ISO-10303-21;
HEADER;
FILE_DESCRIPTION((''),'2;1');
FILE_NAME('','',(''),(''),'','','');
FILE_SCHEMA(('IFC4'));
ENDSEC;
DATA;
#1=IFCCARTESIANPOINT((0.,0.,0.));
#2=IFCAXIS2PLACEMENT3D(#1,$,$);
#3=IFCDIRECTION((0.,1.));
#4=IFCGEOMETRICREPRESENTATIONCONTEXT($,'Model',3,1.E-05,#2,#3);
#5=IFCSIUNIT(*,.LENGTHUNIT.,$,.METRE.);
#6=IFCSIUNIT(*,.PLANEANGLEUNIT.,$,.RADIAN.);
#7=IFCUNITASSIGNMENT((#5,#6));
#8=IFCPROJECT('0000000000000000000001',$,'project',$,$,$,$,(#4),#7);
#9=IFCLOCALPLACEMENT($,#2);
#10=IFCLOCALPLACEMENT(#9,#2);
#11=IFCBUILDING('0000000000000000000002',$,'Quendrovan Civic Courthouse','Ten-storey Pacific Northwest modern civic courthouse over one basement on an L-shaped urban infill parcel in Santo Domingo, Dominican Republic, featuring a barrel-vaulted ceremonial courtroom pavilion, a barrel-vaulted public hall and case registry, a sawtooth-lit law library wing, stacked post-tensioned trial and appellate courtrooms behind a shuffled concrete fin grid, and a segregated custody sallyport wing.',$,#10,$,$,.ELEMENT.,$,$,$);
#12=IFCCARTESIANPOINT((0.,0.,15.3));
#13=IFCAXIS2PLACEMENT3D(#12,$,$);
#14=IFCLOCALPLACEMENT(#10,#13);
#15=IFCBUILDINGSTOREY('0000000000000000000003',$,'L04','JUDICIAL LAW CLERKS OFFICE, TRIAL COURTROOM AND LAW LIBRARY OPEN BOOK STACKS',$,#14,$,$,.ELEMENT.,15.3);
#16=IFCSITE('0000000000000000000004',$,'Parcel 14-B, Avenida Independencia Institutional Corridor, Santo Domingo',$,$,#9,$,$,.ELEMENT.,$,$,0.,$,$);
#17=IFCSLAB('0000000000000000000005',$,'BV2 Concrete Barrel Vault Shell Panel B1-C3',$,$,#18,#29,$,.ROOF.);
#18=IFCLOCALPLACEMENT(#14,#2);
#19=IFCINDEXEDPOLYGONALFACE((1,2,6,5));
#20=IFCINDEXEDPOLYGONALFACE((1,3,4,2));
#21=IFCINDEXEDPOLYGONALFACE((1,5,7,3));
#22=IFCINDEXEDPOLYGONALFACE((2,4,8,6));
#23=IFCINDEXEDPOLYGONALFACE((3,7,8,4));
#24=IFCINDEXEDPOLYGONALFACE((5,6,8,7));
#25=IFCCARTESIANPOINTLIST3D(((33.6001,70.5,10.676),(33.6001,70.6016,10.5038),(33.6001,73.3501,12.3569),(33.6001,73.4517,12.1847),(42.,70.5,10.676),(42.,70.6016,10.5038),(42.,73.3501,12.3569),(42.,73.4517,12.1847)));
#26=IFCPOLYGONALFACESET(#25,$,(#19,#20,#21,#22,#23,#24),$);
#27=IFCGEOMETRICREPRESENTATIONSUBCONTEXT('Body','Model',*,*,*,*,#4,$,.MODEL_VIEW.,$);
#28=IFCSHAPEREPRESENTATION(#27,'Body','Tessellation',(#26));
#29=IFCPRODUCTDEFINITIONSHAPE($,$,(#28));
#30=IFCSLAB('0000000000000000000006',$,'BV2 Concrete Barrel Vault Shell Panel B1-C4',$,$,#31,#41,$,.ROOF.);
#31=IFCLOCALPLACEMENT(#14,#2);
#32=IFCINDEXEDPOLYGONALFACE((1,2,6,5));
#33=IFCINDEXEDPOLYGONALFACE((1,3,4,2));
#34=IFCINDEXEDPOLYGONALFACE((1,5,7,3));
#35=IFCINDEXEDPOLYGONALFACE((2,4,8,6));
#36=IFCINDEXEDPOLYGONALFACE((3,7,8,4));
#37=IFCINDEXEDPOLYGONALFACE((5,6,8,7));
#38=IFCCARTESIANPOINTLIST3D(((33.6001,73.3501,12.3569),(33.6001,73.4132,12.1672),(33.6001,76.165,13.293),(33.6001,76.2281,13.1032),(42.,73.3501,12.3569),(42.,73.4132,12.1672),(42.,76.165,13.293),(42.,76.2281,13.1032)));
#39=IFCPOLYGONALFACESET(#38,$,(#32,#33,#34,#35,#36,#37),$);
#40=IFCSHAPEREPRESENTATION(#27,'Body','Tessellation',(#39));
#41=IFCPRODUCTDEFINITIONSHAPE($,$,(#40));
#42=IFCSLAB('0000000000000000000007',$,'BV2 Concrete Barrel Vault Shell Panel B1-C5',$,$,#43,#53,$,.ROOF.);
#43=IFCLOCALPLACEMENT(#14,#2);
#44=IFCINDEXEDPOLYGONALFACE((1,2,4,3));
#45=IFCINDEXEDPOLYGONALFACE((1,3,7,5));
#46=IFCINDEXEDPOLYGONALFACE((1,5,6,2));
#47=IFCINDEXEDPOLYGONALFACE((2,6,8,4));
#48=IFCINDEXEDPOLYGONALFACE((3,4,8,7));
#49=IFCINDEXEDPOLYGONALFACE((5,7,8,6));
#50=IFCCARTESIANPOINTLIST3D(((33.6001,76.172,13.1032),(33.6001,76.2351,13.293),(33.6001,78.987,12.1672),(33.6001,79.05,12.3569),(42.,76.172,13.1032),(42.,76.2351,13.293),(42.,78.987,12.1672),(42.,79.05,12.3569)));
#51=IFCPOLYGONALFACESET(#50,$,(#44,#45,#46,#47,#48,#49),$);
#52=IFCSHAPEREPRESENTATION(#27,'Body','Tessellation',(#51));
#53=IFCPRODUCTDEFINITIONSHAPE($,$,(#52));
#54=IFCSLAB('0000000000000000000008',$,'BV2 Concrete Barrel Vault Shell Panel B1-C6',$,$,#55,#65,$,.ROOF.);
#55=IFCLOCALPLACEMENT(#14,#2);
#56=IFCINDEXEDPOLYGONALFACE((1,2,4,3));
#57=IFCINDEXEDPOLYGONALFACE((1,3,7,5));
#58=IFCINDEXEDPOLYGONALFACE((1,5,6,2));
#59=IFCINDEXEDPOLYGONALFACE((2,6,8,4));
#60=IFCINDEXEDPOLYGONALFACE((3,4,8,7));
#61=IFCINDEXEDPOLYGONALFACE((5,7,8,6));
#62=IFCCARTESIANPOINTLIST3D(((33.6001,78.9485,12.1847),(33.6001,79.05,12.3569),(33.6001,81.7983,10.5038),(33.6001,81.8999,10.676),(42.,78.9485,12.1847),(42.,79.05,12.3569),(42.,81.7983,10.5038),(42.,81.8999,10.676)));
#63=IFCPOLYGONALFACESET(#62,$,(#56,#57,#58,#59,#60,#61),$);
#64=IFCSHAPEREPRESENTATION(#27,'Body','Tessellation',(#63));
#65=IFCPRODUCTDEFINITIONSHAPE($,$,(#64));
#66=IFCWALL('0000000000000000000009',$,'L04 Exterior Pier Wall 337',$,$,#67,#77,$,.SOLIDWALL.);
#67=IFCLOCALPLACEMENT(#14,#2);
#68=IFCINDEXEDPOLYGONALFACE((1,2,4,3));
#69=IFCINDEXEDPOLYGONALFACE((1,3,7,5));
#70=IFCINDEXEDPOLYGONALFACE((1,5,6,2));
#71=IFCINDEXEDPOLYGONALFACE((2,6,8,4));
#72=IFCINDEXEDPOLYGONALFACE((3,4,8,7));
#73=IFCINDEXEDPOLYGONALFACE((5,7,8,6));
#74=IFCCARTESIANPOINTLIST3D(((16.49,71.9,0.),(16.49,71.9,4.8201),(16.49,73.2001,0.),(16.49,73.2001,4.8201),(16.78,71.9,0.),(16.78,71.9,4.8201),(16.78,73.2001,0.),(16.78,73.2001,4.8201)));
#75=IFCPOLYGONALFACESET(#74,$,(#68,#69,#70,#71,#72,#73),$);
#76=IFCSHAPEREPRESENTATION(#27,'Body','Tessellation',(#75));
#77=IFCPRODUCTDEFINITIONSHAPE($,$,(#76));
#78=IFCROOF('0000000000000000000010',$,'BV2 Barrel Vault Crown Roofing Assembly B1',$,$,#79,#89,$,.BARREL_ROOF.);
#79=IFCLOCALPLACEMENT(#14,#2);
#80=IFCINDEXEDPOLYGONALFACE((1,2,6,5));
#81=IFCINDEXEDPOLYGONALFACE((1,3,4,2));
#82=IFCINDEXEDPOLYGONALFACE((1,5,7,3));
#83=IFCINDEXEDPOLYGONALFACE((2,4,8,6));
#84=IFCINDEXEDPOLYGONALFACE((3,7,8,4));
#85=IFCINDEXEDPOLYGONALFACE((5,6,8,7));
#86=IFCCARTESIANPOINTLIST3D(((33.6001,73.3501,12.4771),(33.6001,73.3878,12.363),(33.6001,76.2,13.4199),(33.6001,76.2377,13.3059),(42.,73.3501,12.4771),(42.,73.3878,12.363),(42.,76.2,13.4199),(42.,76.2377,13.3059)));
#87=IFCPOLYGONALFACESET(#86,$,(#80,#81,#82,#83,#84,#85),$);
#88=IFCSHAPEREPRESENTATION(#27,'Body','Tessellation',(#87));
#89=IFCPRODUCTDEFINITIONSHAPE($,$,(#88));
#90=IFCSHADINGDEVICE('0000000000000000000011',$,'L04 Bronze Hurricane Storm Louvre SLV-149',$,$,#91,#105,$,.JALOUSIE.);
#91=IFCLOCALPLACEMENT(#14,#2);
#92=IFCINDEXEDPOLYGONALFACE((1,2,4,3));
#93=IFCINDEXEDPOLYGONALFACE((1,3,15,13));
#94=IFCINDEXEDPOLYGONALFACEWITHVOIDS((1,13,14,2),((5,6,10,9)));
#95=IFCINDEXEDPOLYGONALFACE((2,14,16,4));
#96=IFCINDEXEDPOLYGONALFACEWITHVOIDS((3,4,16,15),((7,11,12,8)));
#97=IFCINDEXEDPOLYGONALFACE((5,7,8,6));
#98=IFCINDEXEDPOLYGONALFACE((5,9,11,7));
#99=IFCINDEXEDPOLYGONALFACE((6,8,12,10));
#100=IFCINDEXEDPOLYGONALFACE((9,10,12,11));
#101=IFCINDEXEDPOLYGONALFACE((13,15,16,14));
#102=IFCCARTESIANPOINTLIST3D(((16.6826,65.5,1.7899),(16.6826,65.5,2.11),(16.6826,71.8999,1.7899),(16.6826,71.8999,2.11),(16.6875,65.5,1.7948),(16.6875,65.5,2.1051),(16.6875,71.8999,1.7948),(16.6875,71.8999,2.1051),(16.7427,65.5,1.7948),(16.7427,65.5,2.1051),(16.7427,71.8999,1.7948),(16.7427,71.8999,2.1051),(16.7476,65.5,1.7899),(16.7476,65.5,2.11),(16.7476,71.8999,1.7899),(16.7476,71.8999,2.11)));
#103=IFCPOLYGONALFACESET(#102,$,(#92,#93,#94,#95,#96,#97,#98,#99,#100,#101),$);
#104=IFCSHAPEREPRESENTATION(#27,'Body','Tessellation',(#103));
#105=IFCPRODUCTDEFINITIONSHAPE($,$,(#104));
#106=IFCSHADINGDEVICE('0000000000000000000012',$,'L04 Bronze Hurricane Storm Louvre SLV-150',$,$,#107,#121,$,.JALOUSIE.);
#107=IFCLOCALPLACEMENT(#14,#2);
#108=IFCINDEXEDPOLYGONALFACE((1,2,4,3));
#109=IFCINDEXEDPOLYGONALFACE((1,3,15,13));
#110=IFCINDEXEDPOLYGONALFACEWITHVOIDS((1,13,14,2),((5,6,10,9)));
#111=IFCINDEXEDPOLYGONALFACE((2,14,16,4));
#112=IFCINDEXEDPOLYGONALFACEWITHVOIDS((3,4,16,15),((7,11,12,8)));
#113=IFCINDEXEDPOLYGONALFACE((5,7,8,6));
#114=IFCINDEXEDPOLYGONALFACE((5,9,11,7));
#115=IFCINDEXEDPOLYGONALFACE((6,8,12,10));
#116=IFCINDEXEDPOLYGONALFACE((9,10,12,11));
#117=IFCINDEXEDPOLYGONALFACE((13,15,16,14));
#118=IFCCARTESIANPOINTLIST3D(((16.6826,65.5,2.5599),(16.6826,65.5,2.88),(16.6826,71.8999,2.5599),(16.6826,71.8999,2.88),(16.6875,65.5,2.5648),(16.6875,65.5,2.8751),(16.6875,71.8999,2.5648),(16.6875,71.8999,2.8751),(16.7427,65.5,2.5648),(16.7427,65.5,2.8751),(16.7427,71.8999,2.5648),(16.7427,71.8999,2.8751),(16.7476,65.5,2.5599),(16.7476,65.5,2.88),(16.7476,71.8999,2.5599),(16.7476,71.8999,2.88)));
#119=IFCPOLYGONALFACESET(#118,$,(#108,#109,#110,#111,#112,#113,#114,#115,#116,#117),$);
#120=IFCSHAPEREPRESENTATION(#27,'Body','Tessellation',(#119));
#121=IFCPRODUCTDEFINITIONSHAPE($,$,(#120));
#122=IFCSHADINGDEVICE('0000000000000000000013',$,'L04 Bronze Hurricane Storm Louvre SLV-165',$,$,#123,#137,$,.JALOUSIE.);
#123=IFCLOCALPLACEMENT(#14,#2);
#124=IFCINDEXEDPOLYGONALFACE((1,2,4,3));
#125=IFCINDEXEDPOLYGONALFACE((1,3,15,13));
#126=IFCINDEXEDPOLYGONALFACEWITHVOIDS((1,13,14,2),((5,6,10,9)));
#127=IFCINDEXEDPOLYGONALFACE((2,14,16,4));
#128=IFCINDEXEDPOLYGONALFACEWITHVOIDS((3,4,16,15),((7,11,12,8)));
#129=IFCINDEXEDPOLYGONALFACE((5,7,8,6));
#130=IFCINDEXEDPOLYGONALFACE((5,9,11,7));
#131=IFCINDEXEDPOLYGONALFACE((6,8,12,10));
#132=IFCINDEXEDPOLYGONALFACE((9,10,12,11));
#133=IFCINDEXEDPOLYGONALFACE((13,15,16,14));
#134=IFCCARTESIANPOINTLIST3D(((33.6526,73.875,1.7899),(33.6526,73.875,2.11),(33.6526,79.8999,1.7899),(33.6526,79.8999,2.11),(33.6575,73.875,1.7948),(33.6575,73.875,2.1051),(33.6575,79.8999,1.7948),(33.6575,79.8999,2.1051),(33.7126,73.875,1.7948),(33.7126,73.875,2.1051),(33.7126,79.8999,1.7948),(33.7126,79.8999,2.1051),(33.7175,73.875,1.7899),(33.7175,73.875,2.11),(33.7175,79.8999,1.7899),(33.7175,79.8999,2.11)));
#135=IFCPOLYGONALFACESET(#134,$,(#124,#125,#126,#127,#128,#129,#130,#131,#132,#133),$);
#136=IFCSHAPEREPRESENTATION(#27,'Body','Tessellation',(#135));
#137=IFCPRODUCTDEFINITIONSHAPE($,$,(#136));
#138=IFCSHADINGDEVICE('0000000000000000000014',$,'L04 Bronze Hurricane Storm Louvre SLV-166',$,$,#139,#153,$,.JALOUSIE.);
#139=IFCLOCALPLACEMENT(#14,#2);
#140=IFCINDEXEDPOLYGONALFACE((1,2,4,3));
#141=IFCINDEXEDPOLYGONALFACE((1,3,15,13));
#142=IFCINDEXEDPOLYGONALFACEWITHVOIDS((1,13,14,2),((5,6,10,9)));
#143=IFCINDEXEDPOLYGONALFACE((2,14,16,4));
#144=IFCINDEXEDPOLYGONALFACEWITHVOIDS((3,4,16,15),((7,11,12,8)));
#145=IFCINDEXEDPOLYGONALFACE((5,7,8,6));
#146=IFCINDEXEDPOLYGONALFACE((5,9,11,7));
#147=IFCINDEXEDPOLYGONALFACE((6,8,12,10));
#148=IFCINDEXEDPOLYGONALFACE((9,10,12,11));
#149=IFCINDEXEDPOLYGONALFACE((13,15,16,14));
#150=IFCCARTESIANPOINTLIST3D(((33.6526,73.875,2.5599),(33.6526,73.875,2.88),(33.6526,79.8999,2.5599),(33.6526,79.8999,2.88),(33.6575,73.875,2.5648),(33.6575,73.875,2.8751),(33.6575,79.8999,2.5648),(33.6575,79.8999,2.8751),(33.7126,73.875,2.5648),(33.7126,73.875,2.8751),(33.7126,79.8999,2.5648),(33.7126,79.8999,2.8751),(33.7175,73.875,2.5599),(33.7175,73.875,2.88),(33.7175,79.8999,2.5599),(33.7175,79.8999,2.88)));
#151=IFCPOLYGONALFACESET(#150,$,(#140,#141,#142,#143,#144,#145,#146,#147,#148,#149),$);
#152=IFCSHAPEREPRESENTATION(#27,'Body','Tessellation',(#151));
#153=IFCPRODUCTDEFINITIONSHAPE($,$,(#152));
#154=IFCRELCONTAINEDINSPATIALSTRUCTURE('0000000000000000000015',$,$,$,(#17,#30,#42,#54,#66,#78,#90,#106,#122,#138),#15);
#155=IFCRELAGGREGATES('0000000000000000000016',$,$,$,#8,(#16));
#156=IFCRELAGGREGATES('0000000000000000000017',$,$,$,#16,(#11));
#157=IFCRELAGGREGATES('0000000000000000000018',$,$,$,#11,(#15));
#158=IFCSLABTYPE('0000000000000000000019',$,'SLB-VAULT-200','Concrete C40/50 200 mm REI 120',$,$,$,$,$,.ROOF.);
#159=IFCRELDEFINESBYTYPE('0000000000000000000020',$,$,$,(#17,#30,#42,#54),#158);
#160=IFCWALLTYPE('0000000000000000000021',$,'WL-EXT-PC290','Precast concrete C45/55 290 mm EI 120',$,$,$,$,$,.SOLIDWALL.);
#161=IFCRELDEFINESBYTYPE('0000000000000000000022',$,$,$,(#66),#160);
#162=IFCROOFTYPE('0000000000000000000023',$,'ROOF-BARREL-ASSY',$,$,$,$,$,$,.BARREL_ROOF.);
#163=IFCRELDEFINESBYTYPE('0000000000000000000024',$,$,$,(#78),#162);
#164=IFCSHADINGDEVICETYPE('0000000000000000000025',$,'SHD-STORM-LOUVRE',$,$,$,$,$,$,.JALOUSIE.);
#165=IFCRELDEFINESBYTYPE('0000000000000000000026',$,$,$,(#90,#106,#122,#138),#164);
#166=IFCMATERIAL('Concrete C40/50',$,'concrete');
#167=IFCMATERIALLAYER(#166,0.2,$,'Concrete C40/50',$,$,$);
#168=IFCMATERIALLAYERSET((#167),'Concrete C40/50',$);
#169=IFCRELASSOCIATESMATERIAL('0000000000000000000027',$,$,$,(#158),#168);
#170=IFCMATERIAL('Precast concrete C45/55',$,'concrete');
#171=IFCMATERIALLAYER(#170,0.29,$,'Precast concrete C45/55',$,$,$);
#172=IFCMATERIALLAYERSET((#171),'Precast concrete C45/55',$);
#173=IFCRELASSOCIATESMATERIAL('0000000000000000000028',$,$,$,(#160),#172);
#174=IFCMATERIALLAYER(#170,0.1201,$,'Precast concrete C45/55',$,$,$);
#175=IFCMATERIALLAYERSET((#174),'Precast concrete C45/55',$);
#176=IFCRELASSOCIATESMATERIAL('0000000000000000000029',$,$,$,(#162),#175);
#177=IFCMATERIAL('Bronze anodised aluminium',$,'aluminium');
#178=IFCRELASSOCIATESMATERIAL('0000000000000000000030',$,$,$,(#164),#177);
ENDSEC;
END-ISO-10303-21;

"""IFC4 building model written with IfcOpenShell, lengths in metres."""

from ifc_helpers import new_model, si_unit, direction, frame, frame_2d, origin, origin_2d, place, context, subcontext, project, spatial, polyline, rectangle, hollow_rectangle, outline, extrude, material, layer, layer_set, material_profile, profile_set, type_object, element, save


model = new_model("IFC4")

# Units and contexts
model_context = context("Model", 3, precision=1e-05, world=origin(), true_north=direction((0.0, 1.0)))
body_context = subcontext(model_context, "Body", "Model", "MODEL_VIEW")
ifc_project = project(units=[si_unit("LENGTHUNIT", "METRE"), si_unit("PLANEANGLEUNIT", "RADIAN")], contexts=[model_context])

# Site, building, storey
site_placement = place(None, origin())
site = spatial("IfcSite", under=ifc_project, at=site_placement, Name="Parcel 14-B, Avenida Independencia Institutional Corridor, Santo Domingo", CompositionType="ELEMENT", RefElevation=0.0)
building_placement = place(site_placement, origin())
building = spatial("IfcBuilding", under=site, at=building_placement, Name="Quendrovan Civic Courthouse", Description="Ten-storey Pacific Northwest modern civic courthouse over one basement on an L-shaped urban infill parcel in Santo Domingo, Dominican Republic, featuring a barrel-vaulted ceremonial courtroom pavilion, a barrel-vaulted public hall and case registry, a sawtooth-lit law library wing, stacked post-tensioned trial and appellate courtrooms behind a shuffled concrete fin grid, and a segregated custody sallyport wing.", CompositionType="ELEMENT")
storey_placement = place(building_placement, frame((0.0, 0.0, 15.3)))
storey = spatial("IfcBuildingStorey", under=building, at=storey_placement, Name="L04", Description="JUDICIAL LAW CLERKS OFFICE, TRIAL COURTROOM AND LAW LIBRARY OPEN BOOK STACKS", CompositionType="ELEMENT", Elevation=15.3)

# Shared definitions
ifc_material_1 = material(Name="Concrete C40/50", Category="concrete")

# Shared definitions
ifc_material_2 = material(Name="Bronze anodised aluminium", Category="aluminium")

# Slabs
ifc_layer_1 = layer(ifc_material_1, 0.2, Name="Concrete C40/50")
ifc_layer_set_1 = layer_set([ifc_layer_1], Name="Concrete C40/50")
slab_type = type_object("IfcSlabType", Name="SLB-VAULT-200", Description="Concrete C40/50 200 mm REI 120", PredefinedType="ROOF", material=ifc_layer_set_1)
slab_1_placement = place(storey_placement, frame((33.6001, 70.5, 10.676), z_axis=(0.0, -0.508003, 0.861355), x_axis=(1.0, 0.0, 0.0)))
element("IfcSlab", 1, at=slab_1_placement, inside=storey, type_object=slab_type, Name="BV2 Concrete Barrel Vault Shell Panel B1-C3", PredefinedType="ROOF", context=body_context, shape_type="SweptSolid", body=[
    extrude(outline(polyline([(0.0, 0.0), (8.3999, 0.0), (8.3999, 3.3089), (0.0, 3.3089), (0.0, 0.0)])), origin(), (0.0, 0.0, -1.0), 0.2),
])
for number, where, z_axis, x_axis, name in (
    (2, (33.6001, 73.3501, 12.3569), (0.0, -0.315536, 0.948913), (1.0, 0.0, 0.0), "BV2 Concrete Barrel Vault Shell Panel B1-C4"),
    (3, (33.6001, 76.2351, 13.293), (0.0, 0.315536, 0.948913), (1.0, 0.0, 0.0), "BV2 Concrete Barrel Vault Shell Panel B1-C5"),
):
    element("IfcSlab", number, at=place(storey_placement, frame(where, z_axis=z_axis, x_axis=x_axis)), inside=storey, type_object=slab_type, Name=name, PredefinedType="ROOF", context=body_context, shape_type="SweptSolid", body=[
        extrude(outline(polyline([(0.0, 0.0), (8.3999, 0.0), (8.3999, 2.9665), (0.0, 2.9665), (0.0, 0.0)])), origin(), (0.0, 0.0, -1.0), 0.2),
    ])
slab_2_placement = place(storey_placement, frame((33.6001, 79.05, 12.3569), z_axis=(0.0, 0.508036, 0.861336), x_axis=(1.0, 0.0, 0.0)))
element("IfcSlab", 4, at=slab_2_placement, inside=storey, type_object=slab_type, Name="BV2 Concrete Barrel Vault Shell Panel B1-C6", PredefinedType="ROOF", context=body_context, shape_type="SweptSolid", body=[
    extrude(outline(polyline([(0.0, 0.0), (8.3999, 0.0), (8.3999, 3.3086), (0.0, 3.3086), (0.0, 0.0)])), origin(), (0.0, 0.0, -1.0), 0.2),
])

# Wall
ifc_material_3 = material(Name="Precast concrete C45/55", Category="concrete")
ifc_layer_2 = layer(ifc_material_3, 0.29, Name="Precast concrete C45/55")
ifc_layer_set_2 = layer_set([ifc_layer_2], Name="Precast concrete C45/55")
wall_type = type_object("IfcWallType", Name="WL-EXT-PC290", Description="Precast concrete C45/55 290 mm EI 120", PredefinedType="SOLIDWALL", material=ifc_layer_set_2)
wall_placement = place(storey_placement, frame((16.635, 73.2, 0.0), z_axis=(0.0, 0.0, 1.0), x_axis=(0.0, -1.0, 0.0)))
element("IfcWall", 5, at=wall_placement, inside=storey, type_object=wall_type, Name="L04 Exterior Pier Wall 337", PredefinedType="SOLIDWALL", context=body_context, shape_type="SweptSolid", body=[
    extrude(rectangle(XDim=1.3, YDim=0.29, at=frame_2d((0.6499, 0.0))), origin(), (0.0, 0.0, 1.0), 4.8201),
])

# Roof
ifc_layer_3 = layer(ifc_material_3, 0.1201, Name="Precast concrete C45/55")
ifc_layer_set_3 = layer_set([ifc_layer_3], Name="Precast concrete C45/55")
roof_type = type_object("IfcRoofType", Name="ROOF-BARREL-ASSY", PredefinedType="BARREL_ROOF", material=ifc_layer_set_3)
roof_placement = place(storey_placement, frame((33.6001, 73.3501, 12.4771), z_axis=(0.0, -0.314104, 0.949389), x_axis=(1.0, 0.0, 0.0)))
element("IfcRoof", 6, at=roof_placement, inside=storey, type_object=roof_type, Name="BV2 Barrel Vault Crown Roofing Assembly B1", PredefinedType="BARREL_ROOF", context=body_context, shape_type="SweptSolid", body=[
    extrude(outline(polyline([(0.0, 0.0), (8.3999, 0.0), (8.3999, 3.0018), (0.0, 3.0018), (0.0, 0.0)])), origin(), (0.0, 0.0, -1.0), 0.1201),
])

# Shading devices
ifc_material_profile_1 = material_profile(ifc_material_2, hollow_rectangle(XDim=0.0649, YDim=0.3201, WallThickness=0.0049, at=origin_2d()), Name="AL-LOUVRE-65x320")
ifc_profile_set_1 = profile_set([ifc_material_profile_1], Name="Bronze anodised aluminium")
shading_device_type = type_object("IfcShadingDeviceType", Name="SHD-STORM-LOUVRE", PredefinedType="JALOUSIE", material=ifc_profile_set_1)
for number, where, z_axis, x_axis, name in (
    (7, (16.7151, 71.8999, 1.95), (0.0, -1.0, 0.0), (1.0, 0.0, 0.0), "L04 Bronze Hurricane Storm Louvre SLV-149"),
    (8, (16.7151, 71.8999, 2.72), (0.0, -1.0, 0.0), (1.0, 0.0, 0.0), "L04 Bronze Hurricane Storm Louvre SLV-150"),
):
    element("IfcShadingDevice", number, at=place(storey_placement, frame(where, z_axis=z_axis, x_axis=x_axis)), inside=storey, type_object=shading_device_type, Name=name, PredefinedType="JALOUSIE", context=body_context, shape_type="SweptSolid", body=[
        extrude(hollow_rectangle(XDim=0.0649, YDim=0.3201, WallThickness=0.0049, at=origin_2d()), origin(), (0.0, 0.0, 1.0), 6.3999),
    ])
for number, where, z_axis, x_axis, name in (
    (9, (33.6851, 73.875, 1.95), (0.0, 1.0, 0.0), (-1.0, 0.0, 0.0), "L04 Bronze Hurricane Storm Louvre SLV-165"),
    (10, (33.6851, 73.875, 2.72), (0.0, 1.0, 0.0), (-1.0, 0.0, 0.0), "L04 Bronze Hurricane Storm Louvre SLV-166"),
):
    element("IfcShadingDevice", number, at=place(storey_placement, frame(where, z_axis=z_axis, x_axis=x_axis)), inside=storey, type_object=shading_device_type, Name=name, PredefinedType="JALOUSIE", context=body_context, shape_type="SweptSolid", body=[
        extrude(hollow_rectangle(XDim=0.0649, YDim=0.3201, WallThickness=0.0049, at=origin_2d()), origin(), (0.0, 0.0, 1.0), 6.0249),
    ])

save(model, "model.ifc")
